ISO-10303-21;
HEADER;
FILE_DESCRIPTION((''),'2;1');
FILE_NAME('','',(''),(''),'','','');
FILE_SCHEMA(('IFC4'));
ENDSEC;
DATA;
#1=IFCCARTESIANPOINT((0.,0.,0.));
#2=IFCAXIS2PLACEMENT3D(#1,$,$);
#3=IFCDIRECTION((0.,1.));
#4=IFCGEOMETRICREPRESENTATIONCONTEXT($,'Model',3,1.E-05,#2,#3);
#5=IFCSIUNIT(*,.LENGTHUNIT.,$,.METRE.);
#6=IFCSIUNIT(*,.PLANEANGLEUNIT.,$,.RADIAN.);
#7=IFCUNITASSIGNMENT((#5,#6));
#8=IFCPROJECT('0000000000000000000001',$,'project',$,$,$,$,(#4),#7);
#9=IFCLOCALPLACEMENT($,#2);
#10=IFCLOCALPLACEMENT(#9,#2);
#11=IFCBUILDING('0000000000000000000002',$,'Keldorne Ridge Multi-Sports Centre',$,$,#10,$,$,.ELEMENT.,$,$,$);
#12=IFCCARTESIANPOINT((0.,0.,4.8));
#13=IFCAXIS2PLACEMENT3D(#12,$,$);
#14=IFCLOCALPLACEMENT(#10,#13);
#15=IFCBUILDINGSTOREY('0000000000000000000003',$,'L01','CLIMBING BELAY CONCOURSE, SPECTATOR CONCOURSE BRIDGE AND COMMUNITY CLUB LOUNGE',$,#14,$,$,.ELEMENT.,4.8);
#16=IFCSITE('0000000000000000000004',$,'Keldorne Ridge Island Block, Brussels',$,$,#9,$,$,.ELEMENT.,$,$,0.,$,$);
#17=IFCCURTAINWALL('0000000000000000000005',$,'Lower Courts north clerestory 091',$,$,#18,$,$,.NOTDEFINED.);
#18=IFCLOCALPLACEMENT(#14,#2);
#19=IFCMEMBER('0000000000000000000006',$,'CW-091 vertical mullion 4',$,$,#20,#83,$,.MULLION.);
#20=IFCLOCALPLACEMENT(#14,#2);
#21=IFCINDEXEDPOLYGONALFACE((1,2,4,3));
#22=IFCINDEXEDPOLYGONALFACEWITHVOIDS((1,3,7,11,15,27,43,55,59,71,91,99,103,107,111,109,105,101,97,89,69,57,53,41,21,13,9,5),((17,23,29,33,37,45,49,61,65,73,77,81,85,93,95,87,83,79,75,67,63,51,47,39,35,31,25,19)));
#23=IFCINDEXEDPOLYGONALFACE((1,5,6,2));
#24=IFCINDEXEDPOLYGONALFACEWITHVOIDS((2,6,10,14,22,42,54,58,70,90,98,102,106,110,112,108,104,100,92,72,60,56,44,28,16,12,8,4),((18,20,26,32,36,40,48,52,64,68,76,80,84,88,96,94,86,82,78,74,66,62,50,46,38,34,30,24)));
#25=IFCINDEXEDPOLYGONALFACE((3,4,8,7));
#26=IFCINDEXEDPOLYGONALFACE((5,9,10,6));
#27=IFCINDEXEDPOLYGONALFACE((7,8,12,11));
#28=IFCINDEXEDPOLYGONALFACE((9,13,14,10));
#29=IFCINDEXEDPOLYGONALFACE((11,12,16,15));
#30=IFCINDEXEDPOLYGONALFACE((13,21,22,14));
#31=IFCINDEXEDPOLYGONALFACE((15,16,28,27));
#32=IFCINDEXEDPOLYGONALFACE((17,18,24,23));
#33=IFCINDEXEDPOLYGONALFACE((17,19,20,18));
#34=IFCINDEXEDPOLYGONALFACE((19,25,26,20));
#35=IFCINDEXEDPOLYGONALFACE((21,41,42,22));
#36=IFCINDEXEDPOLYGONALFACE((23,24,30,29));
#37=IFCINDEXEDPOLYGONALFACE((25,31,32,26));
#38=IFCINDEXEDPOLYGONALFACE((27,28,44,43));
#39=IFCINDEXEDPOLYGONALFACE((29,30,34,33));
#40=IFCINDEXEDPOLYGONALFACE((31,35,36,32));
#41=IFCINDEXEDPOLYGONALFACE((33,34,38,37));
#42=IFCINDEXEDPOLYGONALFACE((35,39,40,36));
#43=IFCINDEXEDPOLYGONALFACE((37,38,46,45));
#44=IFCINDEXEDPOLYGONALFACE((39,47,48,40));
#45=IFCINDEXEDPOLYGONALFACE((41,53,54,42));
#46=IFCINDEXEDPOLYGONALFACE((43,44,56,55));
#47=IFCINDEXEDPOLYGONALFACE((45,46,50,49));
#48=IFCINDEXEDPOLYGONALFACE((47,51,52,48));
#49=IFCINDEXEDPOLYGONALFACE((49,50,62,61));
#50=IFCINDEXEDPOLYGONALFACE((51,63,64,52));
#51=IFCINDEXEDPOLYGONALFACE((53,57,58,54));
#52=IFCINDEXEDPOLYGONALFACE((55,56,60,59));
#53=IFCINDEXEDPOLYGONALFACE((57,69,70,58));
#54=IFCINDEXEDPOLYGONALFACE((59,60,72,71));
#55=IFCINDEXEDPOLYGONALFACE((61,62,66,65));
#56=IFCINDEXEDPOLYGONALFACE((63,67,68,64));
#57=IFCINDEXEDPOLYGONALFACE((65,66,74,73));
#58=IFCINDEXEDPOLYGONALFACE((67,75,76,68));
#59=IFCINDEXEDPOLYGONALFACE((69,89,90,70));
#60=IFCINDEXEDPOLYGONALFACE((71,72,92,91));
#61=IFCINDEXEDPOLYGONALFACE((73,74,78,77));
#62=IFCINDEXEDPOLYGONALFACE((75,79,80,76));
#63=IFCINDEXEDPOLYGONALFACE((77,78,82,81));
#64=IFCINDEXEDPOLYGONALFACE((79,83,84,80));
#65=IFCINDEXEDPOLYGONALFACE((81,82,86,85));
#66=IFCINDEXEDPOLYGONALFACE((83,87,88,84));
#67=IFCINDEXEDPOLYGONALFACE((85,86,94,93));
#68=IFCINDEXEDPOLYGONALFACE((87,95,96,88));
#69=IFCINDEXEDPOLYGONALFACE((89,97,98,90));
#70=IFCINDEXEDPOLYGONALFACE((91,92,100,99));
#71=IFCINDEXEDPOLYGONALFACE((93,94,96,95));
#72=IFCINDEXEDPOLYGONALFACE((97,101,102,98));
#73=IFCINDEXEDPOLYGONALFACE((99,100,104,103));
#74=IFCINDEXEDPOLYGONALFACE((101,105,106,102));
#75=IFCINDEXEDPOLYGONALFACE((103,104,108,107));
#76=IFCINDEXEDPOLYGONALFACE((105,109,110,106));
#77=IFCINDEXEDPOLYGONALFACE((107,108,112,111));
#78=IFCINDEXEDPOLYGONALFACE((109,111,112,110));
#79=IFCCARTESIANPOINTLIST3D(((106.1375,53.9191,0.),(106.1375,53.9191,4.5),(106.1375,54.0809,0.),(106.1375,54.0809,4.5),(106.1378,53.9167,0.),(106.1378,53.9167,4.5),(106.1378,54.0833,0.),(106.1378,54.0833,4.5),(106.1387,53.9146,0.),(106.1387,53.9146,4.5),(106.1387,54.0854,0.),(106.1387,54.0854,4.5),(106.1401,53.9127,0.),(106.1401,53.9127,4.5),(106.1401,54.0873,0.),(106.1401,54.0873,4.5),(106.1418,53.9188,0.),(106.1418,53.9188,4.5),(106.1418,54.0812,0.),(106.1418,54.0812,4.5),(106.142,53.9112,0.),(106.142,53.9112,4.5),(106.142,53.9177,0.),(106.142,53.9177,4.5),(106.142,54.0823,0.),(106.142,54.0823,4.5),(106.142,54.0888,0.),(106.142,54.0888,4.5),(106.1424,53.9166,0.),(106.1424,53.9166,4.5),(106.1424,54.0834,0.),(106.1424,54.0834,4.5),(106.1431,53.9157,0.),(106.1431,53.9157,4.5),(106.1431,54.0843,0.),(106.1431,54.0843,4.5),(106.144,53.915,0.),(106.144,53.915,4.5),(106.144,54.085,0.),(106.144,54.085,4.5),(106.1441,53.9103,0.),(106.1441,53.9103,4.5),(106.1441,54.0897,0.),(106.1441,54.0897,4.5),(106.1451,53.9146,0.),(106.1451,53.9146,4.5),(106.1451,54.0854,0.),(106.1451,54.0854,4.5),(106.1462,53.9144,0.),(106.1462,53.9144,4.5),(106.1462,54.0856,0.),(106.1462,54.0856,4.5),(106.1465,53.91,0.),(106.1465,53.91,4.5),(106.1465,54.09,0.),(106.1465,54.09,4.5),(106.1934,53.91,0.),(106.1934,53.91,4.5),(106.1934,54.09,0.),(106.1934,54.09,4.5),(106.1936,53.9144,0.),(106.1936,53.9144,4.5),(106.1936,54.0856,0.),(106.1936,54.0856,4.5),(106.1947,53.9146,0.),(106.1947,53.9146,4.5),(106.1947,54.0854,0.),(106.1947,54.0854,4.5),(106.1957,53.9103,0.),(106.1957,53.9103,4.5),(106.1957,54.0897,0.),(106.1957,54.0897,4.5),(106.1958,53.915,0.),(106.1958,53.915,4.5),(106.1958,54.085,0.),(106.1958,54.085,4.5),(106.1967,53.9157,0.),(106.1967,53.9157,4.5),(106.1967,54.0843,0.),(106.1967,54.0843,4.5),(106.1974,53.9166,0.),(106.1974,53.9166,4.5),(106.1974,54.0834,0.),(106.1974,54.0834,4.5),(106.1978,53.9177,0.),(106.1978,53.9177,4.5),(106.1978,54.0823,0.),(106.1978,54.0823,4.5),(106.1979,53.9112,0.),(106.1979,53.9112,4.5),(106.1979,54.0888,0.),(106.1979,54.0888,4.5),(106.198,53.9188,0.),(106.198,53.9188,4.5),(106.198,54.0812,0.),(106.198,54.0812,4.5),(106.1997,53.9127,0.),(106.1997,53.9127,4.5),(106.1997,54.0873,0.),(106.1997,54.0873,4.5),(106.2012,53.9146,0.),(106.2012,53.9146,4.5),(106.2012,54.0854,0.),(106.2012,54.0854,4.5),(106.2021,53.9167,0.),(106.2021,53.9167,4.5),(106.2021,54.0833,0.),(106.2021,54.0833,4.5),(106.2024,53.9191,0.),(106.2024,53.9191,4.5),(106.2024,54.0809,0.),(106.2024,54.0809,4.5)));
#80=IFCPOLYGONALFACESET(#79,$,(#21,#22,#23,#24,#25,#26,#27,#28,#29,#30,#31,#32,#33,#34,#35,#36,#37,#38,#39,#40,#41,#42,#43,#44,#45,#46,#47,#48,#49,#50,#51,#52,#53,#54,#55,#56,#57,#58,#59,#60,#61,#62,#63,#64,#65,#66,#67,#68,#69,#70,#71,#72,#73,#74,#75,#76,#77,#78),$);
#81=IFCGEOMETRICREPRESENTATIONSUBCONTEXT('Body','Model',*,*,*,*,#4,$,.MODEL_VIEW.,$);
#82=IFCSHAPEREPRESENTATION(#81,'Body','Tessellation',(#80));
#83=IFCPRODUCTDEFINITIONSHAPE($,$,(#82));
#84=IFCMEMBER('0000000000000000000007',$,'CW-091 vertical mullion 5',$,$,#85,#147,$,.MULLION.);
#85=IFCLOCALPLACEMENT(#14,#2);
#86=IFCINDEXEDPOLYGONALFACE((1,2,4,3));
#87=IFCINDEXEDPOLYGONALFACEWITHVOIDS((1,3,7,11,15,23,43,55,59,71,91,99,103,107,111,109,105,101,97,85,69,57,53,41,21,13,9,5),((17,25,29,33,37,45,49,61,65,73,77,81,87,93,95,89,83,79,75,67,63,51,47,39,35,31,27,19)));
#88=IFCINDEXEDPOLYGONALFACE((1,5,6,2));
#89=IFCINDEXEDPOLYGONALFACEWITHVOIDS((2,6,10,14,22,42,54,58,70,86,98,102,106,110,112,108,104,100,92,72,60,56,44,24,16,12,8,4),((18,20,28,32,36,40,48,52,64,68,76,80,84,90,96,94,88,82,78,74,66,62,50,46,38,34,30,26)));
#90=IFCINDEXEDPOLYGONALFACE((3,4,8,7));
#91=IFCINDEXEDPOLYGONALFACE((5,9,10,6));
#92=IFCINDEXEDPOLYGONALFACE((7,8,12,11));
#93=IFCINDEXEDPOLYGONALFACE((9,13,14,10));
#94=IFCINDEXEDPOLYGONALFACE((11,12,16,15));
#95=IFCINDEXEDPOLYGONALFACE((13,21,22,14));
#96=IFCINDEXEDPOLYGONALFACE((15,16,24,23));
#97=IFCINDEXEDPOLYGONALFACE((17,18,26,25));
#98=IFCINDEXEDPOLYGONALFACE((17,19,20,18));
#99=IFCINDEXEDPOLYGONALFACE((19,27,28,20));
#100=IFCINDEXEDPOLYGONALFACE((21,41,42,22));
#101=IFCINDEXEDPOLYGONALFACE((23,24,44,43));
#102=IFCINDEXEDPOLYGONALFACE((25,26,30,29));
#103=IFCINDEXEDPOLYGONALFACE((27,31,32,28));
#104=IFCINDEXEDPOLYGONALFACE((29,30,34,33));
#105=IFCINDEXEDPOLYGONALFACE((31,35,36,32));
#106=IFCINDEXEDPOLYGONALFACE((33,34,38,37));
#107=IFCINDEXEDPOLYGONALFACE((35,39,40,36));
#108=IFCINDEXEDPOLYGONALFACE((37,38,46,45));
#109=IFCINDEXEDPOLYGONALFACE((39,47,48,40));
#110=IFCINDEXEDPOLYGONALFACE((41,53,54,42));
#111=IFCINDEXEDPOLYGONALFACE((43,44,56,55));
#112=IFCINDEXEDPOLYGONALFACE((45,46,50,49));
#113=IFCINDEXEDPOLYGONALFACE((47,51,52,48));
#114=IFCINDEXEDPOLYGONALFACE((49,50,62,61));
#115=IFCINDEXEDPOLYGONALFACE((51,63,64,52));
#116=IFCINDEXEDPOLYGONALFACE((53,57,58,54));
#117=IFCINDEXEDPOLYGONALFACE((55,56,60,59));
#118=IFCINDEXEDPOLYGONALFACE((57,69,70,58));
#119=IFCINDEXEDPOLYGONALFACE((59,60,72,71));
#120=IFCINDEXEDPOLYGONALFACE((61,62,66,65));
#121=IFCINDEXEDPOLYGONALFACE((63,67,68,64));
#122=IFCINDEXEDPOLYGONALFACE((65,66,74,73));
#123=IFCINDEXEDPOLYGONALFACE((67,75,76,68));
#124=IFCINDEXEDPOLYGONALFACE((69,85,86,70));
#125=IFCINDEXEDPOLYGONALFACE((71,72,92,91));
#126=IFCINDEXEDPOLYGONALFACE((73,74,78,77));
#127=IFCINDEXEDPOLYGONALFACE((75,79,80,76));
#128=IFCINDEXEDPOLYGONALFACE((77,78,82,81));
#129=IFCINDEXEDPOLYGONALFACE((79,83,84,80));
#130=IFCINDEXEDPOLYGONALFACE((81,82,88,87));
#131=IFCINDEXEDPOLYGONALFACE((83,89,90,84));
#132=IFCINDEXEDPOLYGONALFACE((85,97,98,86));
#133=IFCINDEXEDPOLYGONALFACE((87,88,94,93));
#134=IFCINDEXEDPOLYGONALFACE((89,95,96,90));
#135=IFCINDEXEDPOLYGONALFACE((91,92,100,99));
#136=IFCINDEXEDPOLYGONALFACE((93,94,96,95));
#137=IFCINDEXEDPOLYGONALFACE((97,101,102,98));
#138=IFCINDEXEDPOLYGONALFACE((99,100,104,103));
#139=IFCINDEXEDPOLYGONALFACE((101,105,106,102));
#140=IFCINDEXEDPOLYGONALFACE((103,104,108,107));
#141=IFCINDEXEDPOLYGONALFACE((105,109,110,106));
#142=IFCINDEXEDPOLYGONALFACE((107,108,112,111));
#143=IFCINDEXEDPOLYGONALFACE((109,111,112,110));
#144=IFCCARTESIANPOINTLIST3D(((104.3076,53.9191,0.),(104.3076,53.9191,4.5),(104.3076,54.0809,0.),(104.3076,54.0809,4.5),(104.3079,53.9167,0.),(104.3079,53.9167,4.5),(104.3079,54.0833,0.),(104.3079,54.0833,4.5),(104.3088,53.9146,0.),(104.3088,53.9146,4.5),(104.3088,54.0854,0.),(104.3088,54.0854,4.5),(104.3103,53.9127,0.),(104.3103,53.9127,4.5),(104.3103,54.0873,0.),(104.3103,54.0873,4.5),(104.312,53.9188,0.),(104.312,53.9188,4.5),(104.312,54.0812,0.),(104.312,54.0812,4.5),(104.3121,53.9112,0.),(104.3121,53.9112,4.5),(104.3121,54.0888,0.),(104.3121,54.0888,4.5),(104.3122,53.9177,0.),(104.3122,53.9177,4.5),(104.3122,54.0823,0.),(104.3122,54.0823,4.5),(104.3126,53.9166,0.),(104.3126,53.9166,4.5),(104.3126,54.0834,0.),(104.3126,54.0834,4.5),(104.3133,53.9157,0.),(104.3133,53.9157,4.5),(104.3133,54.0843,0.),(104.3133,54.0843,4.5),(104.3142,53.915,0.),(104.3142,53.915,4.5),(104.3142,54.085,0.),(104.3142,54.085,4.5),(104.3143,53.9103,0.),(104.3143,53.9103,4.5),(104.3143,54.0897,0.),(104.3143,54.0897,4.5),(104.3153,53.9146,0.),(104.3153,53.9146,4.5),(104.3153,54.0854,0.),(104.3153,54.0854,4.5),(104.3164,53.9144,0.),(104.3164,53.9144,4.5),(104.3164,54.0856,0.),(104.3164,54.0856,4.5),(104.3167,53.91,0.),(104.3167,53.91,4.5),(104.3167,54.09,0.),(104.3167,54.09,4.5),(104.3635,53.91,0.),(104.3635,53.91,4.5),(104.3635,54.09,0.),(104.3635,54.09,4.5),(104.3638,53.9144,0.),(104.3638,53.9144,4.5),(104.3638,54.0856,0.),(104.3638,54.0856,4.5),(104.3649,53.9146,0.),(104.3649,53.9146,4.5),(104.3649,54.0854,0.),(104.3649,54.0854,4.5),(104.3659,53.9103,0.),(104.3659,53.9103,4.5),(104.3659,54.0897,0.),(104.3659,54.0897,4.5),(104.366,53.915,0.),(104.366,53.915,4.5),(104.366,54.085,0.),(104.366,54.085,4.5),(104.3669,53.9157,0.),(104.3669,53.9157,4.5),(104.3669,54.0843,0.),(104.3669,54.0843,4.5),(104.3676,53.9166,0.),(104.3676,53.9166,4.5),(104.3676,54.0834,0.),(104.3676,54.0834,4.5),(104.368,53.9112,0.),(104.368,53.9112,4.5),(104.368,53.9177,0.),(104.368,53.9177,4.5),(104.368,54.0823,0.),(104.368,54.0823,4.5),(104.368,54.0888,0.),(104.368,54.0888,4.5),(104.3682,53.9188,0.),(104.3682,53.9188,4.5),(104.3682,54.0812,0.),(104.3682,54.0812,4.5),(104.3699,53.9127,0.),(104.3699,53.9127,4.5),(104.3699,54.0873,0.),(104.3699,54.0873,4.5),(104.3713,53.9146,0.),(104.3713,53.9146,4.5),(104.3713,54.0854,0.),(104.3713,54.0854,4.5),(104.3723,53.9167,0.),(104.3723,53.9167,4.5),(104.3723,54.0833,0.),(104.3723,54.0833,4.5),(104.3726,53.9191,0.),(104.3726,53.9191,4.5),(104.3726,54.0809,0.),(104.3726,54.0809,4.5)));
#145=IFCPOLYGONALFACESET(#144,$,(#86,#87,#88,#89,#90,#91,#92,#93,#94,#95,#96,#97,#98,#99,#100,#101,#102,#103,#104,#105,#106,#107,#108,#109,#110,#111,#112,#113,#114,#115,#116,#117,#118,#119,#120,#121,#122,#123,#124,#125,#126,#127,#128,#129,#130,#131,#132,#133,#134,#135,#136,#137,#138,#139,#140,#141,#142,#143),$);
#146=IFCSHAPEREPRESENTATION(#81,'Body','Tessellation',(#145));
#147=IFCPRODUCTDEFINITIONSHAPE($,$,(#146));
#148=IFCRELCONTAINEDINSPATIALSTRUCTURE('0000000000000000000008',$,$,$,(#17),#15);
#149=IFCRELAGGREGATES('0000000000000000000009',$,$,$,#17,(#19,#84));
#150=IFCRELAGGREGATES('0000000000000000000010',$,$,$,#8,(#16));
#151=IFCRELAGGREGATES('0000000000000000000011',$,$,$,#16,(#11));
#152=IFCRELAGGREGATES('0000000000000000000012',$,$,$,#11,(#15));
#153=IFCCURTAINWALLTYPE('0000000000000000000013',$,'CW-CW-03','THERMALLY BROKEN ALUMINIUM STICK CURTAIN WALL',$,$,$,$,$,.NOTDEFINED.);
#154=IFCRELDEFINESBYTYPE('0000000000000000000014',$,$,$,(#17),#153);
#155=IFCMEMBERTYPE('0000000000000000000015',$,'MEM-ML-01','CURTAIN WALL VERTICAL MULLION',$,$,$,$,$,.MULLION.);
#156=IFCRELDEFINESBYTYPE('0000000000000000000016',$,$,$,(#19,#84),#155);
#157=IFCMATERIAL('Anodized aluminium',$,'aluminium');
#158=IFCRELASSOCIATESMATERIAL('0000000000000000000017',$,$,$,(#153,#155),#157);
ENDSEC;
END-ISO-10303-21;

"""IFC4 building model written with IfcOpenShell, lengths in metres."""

from ifc_helpers import new_model, si_unit, direction, frame, origin, origin_2d, place, context, subcontext, project, spatial, hollow_rectangle, extrude, material, material_profile, profile_set, type_object, element, aggregate, save


model = new_model("IFC4")

# Units and contexts
model_context = context("Model", 3, precision=1e-05, world=origin(), true_north=direction((0.0, 1.0)))
body_context = subcontext(model_context, "Body", "Model", "MODEL_VIEW")
ifc_project = project(units=[si_unit("LENGTHUNIT", "METRE"), si_unit("PLANEANGLEUNIT", "RADIAN")], contexts=[model_context])

# Site, building, storey
site_placement = place(None, origin())
site = spatial("IfcSite", under=ifc_project, at=site_placement, Name="Keldorne Ridge Island Block, Brussels", CompositionType="ELEMENT", RefElevation=0.0)
building_placement = place(site_placement, origin())
building = spatial("IfcBuilding", under=site, at=building_placement, Name="Keldorne Ridge Multi-Sports Centre", CompositionType="ELEMENT")
storey_placement = place(building_placement, frame((0.0, 0.0, 4.8)))
storey = spatial("IfcBuildingStorey", under=building, at=storey_placement, Name="L01", Description="CLIMBING BELAY CONCOURSE, SPECTATOR CONCOURSE BRIDGE AND COMMUNITY CLUB LOUNGE", CompositionType="ELEMENT", Elevation=4.8)

# Curtain wall, members
ifc_material_1 = material(Name="Anodized aluminium", Category="aluminium")
curtain_wall_type = type_object("IfcCurtainWallType", Name="CW-CW-03", Description="THERMALLY BROKEN ALUMINIUM STICK CURTAIN WALL", PredefinedType="NOTDEFINED", material=ifc_material_1)
curtain_wall_placement = place(storey_placement, origin())
curtain_wall = element("IfcCurtainWall", 1, at=curtain_wall_placement, inside=storey, type_object=curtain_wall_type, Name="Lower Courts north clerestory 091", PredefinedType="NOTDEFINED")
ifc_material_profile_1 = material_profile(ifc_material_1, hollow_rectangle(XDim=0.0649, YDim=0.1799, WallThickness=0.0044, InnerFilletRadius=0.0044, OuterFilletRadius=0.009, at=origin_2d()), Name="ALU MULLION 180x65x4.5")
ifc_profile_set_1 = profile_set([ifc_material_profile_1], Name="Anodized aluminium")
member_type_1 = type_object("IfcMemberType", Name="MEM-ML-01", Description="CURTAIN WALL VERTICAL MULLION", PredefinedType="MULLION", material=ifc_profile_set_1)
member_1_placement = place(storey_placement, frame((106.1699, 54.0, 0.0), z_axis=(0.0, 0.0, 1.0), x_axis=(1.0, 0.0, 0.0)))
member_1 = element("IfcMember", 2, at=member_1_placement, type_object=member_type_1, Name="CW-091 vertical mullion 4", PredefinedType="MULLION", context=body_context, shape_type="SweptSolid", body=[
    extrude(hollow_rectangle(XDim=0.0649, YDim=0.1799, WallThickness=0.0044, InnerFilletRadius=0.0044, OuterFilletRadius=0.009, at=origin_2d()), origin(), (0.0, 0.0, 1.0), 4.5),
])
member_2_placement = place(storey_placement, frame((104.3401, 54.0, 0.0), z_axis=(0.0, 0.0, 1.0), x_axis=(1.0, 0.0, 0.0)))
member_2 = element("IfcMember", 3, at=member_2_placement, type_object=member_type_1, Name="CW-091 vertical mullion 5", PredefinedType="MULLION", context=body_context, shape_type="SweptSolid", body=[
    extrude(hollow_rectangle(XDim=0.0649, YDim=0.1799, WallThickness=0.0044, InnerFilletRadius=0.0044, OuterFilletRadius=0.009, at=origin_2d()), origin(), (0.0, 0.0, 1.0), 4.5),
])
aggregate(curtain_wall, [member_1, member_2])

save(model, "model.ifc")
